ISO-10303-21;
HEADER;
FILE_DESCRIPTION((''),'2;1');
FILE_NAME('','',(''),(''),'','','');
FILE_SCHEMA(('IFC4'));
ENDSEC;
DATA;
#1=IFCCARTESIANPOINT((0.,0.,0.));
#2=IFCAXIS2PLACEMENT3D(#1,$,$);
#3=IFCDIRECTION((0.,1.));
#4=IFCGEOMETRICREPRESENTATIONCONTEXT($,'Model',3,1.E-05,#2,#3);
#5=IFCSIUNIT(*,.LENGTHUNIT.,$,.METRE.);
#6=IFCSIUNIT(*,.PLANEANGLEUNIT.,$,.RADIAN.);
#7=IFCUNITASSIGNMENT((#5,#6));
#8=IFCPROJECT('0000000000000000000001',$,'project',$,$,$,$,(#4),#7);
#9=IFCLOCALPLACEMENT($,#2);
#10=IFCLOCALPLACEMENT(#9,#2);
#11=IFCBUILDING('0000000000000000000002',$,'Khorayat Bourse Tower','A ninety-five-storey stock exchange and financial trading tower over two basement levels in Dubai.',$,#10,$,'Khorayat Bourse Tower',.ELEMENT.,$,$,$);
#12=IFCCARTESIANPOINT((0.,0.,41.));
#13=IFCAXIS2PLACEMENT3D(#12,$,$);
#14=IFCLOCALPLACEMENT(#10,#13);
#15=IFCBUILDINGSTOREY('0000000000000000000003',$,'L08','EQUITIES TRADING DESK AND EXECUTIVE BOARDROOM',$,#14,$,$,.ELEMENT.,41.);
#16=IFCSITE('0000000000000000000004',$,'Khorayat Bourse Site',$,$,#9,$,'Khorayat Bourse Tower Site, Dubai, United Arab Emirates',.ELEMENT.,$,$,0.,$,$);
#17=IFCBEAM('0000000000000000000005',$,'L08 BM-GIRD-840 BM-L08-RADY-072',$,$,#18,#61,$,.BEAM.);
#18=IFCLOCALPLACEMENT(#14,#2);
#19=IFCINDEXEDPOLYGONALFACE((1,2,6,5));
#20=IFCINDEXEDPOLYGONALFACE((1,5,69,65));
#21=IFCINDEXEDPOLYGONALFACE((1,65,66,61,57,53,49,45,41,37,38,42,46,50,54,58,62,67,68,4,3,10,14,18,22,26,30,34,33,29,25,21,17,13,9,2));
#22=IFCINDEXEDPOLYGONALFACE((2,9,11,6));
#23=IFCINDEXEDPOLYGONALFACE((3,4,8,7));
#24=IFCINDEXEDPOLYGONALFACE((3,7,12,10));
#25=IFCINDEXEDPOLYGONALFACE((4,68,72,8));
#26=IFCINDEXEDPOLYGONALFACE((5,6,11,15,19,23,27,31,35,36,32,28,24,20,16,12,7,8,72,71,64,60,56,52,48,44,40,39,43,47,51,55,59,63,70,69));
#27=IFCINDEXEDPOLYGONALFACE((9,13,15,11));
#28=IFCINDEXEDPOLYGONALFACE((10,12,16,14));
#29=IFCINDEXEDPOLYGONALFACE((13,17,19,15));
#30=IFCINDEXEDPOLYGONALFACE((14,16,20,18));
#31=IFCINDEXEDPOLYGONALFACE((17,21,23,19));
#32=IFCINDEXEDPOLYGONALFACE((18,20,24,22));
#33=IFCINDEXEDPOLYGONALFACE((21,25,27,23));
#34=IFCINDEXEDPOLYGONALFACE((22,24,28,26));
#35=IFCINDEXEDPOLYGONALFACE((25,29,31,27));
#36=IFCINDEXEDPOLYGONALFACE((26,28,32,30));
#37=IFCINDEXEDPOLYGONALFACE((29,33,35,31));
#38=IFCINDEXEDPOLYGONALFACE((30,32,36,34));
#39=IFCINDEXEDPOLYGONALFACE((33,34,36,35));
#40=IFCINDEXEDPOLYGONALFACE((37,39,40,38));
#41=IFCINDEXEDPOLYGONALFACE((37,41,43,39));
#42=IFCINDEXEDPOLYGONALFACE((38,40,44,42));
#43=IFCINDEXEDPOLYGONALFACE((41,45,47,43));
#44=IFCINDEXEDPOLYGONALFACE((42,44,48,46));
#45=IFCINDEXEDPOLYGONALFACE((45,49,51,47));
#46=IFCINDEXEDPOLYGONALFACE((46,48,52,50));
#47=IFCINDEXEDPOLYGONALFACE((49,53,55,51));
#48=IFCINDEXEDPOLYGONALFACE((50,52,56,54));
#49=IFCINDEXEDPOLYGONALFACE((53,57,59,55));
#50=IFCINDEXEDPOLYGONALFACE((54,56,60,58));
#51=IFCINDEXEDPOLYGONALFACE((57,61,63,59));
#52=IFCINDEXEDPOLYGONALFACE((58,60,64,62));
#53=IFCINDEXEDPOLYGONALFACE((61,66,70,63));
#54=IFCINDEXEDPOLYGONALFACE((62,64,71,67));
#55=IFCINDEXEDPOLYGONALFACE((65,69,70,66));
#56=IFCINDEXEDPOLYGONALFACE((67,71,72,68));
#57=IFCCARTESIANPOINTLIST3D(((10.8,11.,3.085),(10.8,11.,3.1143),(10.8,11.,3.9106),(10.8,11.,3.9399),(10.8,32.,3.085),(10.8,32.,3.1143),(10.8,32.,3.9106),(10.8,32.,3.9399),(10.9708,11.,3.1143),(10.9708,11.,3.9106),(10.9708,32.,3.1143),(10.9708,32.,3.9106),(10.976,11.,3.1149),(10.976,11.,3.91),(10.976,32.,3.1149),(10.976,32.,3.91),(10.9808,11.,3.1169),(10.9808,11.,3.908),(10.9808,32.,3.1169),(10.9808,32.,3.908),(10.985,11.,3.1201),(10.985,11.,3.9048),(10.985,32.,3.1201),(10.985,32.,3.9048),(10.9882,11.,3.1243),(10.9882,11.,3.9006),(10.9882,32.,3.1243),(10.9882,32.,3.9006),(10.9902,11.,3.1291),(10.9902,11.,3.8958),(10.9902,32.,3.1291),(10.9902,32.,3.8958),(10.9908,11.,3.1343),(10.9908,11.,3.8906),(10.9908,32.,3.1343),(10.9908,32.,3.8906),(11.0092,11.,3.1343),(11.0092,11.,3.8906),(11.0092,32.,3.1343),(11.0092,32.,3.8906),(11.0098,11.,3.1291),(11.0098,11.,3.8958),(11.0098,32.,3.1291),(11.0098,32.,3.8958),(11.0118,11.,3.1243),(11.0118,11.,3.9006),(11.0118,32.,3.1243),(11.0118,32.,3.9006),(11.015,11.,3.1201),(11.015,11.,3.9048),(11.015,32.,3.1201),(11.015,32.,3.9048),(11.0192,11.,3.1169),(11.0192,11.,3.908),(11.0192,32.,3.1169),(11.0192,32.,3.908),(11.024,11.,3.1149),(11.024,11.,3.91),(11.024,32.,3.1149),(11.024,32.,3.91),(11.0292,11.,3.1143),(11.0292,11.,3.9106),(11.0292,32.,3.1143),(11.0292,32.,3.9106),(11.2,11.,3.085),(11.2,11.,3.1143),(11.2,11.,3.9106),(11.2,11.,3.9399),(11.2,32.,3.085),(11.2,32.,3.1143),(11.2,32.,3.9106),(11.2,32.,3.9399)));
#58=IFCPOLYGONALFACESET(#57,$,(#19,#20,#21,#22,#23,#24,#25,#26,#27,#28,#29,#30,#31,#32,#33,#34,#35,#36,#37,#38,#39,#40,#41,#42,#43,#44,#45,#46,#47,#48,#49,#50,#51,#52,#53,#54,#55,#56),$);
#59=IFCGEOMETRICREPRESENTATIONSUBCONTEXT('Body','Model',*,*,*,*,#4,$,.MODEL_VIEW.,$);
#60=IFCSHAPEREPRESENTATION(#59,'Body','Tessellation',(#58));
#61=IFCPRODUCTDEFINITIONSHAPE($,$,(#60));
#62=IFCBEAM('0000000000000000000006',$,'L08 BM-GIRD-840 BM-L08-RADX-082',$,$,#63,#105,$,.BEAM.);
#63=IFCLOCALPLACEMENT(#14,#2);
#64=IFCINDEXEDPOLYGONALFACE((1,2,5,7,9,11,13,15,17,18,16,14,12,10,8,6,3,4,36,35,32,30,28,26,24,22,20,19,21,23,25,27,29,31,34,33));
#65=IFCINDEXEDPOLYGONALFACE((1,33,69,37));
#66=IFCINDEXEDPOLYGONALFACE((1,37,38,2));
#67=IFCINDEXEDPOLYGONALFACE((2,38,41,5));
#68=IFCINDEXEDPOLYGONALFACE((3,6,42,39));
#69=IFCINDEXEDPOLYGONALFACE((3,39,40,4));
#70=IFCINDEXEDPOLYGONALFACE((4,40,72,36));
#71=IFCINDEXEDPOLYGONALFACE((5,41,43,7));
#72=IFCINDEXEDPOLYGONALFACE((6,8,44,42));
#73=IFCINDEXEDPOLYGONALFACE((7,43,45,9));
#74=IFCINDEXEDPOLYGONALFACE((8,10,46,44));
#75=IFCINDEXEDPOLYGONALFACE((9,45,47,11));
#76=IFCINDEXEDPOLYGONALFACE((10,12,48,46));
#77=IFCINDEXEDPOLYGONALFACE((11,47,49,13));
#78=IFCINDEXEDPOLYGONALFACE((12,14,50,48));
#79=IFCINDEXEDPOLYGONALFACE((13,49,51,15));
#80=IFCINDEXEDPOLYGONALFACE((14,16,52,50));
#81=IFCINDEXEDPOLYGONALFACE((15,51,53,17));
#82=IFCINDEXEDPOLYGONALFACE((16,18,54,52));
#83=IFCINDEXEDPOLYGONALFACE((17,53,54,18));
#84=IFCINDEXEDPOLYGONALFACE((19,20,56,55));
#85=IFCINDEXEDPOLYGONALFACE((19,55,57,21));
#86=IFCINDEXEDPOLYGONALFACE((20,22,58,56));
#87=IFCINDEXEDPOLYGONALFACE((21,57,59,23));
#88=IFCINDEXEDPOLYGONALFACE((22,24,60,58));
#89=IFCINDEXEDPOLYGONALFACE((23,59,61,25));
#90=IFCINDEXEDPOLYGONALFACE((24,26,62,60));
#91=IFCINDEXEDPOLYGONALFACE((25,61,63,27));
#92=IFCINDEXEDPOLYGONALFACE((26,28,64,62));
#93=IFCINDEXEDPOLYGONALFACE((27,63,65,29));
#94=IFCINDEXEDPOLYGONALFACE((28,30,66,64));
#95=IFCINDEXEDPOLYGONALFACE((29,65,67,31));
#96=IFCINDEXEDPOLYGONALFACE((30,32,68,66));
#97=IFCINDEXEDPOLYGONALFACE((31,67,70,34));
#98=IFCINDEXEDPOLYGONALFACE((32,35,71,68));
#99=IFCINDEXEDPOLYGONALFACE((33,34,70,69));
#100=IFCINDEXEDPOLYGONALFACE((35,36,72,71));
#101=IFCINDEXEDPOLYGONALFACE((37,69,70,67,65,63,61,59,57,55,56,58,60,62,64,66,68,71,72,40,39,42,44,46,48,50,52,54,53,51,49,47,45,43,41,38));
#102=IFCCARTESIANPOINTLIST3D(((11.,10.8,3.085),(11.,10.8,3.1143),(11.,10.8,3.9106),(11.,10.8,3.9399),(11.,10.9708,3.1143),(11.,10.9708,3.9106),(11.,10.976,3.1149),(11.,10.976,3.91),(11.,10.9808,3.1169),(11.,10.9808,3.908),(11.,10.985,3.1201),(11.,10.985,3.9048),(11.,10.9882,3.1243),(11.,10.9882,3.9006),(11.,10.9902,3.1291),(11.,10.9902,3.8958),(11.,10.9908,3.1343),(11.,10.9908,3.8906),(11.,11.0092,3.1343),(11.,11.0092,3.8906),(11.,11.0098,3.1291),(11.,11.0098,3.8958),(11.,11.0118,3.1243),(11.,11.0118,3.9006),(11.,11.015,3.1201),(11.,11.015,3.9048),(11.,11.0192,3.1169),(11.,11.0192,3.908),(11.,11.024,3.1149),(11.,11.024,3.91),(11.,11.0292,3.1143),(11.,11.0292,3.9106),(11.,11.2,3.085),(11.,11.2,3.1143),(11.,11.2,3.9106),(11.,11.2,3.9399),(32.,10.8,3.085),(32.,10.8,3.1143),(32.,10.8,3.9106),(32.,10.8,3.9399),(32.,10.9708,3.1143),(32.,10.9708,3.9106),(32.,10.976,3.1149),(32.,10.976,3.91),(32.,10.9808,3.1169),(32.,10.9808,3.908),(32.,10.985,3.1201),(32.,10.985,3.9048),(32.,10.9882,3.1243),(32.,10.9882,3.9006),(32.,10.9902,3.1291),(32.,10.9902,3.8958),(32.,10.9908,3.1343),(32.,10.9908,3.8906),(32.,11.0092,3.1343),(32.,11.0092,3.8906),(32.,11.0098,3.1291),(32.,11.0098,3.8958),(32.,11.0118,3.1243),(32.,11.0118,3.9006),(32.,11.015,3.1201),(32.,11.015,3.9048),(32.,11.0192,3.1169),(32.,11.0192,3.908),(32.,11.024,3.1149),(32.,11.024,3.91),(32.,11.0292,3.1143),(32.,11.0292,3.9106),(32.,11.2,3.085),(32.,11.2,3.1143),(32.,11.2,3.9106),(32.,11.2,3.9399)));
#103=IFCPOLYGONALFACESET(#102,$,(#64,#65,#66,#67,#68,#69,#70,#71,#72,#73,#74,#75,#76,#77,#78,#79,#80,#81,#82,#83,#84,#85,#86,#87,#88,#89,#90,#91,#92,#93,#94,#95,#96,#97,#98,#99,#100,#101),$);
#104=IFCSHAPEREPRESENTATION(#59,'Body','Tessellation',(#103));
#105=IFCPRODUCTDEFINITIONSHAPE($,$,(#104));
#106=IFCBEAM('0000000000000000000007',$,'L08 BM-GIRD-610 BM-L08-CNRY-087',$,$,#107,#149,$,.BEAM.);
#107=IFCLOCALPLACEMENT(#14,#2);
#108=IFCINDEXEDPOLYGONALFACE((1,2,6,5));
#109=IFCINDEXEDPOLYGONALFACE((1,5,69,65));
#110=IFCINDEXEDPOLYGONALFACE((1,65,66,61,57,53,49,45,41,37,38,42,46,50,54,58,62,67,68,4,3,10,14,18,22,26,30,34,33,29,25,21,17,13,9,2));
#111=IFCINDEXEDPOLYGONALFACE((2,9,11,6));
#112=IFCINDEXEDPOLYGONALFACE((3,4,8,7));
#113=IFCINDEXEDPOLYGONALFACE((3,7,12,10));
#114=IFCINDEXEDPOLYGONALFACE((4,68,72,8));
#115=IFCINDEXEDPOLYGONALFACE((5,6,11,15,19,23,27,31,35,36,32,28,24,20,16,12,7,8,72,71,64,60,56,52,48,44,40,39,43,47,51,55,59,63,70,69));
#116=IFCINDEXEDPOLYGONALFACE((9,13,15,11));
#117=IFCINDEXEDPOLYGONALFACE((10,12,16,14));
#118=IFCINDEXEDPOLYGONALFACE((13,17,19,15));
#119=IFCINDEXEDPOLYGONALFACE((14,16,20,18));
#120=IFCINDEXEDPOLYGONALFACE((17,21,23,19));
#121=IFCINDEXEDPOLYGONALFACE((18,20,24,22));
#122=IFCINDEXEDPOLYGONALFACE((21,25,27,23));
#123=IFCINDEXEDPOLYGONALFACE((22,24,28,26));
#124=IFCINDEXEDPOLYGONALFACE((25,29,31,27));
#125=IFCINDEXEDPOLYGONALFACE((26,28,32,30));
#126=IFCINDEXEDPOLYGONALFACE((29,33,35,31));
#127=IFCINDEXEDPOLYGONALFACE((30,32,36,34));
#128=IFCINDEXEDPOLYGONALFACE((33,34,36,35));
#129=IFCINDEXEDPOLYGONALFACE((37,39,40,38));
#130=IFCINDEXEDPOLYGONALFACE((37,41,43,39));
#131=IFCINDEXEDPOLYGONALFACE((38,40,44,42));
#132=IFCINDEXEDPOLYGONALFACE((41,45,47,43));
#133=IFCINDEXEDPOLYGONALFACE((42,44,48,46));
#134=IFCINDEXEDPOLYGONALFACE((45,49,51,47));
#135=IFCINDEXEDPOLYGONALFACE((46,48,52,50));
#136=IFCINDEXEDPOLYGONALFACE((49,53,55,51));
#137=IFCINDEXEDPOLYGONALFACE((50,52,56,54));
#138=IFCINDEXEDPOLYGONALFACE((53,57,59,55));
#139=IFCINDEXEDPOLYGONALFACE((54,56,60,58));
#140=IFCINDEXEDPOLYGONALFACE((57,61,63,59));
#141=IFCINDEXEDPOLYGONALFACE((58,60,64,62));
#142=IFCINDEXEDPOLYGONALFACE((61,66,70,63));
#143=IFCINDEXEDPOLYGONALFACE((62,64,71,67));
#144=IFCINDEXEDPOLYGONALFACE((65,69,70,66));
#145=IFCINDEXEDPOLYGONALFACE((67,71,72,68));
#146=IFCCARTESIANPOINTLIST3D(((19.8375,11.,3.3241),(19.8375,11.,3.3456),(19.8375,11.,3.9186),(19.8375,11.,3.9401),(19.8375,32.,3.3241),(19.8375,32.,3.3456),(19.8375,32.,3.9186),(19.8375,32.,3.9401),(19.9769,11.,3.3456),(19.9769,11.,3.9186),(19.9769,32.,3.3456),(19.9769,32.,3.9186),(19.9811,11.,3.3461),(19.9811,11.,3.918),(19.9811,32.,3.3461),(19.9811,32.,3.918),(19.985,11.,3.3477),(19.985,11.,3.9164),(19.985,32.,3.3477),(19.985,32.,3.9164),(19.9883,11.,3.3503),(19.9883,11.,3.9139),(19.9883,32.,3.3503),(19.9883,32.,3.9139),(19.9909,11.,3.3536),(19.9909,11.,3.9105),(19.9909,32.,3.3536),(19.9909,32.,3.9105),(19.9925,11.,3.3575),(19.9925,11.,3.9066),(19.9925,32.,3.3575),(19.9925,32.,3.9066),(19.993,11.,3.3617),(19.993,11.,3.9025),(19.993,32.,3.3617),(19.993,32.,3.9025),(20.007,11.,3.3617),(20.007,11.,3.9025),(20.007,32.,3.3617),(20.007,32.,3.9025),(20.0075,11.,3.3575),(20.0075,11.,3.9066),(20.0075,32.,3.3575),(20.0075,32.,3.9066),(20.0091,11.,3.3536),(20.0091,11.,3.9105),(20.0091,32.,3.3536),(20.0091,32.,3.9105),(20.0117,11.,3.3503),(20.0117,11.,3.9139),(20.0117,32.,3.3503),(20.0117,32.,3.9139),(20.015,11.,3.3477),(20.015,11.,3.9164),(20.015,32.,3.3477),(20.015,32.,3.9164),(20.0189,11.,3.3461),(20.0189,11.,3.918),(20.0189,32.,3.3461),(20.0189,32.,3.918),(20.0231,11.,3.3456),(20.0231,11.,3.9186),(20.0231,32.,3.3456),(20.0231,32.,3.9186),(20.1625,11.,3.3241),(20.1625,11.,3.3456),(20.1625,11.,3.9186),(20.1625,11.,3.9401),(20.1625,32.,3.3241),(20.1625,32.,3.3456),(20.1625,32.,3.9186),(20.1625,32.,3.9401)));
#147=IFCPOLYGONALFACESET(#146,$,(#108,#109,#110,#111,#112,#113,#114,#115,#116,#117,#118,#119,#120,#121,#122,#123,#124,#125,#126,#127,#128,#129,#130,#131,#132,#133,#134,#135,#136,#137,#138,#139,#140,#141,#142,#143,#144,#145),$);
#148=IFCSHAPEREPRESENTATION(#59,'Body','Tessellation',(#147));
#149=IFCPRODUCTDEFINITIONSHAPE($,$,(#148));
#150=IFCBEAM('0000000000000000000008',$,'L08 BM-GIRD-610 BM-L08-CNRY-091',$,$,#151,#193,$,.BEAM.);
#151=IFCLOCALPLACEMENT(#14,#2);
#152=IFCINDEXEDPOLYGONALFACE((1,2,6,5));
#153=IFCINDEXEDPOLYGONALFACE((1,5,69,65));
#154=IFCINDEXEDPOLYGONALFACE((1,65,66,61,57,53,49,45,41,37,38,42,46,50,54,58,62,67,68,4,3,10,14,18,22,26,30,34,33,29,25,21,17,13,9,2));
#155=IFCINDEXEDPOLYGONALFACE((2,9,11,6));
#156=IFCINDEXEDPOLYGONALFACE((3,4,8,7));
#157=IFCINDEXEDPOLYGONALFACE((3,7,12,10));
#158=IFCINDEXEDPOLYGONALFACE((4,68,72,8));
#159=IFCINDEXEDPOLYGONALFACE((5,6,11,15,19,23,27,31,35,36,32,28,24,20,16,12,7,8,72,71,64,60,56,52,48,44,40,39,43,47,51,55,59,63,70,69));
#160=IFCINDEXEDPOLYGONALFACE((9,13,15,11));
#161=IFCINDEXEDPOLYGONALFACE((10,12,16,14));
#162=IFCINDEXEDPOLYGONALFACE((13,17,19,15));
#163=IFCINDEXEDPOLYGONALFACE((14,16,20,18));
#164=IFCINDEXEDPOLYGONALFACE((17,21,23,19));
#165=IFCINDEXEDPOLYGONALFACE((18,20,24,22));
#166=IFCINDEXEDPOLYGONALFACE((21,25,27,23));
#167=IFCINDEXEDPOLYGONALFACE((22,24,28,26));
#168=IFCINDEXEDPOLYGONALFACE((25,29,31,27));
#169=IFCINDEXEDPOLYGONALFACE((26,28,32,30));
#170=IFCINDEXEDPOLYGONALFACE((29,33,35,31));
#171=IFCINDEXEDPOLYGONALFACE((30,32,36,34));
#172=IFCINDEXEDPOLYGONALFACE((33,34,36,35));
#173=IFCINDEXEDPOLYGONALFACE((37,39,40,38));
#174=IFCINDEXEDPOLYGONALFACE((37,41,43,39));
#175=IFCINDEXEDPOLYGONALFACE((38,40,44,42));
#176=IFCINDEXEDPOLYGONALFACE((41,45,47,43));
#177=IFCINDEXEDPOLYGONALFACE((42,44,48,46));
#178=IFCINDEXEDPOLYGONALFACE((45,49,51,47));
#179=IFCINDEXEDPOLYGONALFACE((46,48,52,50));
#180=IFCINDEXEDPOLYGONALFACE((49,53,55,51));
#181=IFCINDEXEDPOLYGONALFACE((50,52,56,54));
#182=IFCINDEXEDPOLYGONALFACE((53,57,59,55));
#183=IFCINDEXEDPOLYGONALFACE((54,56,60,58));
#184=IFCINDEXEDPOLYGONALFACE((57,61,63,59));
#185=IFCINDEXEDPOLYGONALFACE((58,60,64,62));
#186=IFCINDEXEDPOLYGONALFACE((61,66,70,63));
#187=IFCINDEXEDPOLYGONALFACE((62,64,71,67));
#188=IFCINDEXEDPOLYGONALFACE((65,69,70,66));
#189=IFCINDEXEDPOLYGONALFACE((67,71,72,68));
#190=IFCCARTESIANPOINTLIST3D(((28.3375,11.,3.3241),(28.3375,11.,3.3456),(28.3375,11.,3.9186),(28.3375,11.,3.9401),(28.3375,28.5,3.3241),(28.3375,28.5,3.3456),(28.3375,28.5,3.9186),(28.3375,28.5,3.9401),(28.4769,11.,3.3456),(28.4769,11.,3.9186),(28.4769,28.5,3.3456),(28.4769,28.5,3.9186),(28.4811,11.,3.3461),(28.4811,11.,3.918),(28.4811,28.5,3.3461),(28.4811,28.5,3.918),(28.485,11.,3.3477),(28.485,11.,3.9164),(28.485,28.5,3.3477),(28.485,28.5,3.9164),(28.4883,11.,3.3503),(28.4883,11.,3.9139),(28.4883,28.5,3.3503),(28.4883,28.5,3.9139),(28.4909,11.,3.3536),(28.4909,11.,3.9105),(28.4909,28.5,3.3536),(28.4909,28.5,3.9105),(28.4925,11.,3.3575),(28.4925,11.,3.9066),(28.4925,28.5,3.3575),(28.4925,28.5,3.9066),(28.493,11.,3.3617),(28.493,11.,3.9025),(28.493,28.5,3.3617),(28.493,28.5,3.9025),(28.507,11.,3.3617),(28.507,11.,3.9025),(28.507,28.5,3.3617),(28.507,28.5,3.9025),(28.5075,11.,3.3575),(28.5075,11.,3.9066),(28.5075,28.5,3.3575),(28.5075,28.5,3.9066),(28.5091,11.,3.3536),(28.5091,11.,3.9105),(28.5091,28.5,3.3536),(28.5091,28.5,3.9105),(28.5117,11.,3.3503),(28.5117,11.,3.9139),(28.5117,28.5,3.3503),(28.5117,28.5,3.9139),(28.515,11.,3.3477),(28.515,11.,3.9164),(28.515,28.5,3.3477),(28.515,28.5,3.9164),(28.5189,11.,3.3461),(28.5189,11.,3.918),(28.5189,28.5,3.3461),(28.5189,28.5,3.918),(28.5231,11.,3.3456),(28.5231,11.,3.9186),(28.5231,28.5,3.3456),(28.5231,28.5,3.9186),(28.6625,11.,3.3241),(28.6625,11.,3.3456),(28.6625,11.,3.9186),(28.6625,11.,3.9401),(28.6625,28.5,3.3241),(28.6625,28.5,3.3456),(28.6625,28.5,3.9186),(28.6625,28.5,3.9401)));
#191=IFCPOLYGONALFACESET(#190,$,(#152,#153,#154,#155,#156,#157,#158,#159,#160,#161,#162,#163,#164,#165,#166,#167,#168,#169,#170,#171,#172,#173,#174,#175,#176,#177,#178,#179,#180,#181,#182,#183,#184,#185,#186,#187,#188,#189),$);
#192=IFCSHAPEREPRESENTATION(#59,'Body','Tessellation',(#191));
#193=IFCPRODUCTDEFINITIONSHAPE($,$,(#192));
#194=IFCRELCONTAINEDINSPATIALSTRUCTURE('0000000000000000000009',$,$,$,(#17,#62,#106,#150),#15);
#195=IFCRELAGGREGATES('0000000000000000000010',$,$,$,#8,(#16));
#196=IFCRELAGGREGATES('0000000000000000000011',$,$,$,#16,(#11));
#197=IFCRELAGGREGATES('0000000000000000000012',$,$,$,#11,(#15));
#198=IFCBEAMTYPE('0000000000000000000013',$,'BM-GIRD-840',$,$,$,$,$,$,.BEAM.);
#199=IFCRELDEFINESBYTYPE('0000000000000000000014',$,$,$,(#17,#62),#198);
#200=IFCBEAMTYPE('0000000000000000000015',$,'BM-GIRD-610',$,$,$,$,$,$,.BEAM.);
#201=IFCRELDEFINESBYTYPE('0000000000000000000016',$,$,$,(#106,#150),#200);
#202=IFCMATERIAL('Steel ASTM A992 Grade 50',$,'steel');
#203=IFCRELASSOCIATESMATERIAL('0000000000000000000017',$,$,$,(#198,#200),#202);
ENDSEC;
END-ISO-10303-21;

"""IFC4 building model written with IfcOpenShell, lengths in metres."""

from ifc_helpers import new_model, si_unit, direction, frame, origin, origin_2d, place, context, subcontext, project, spatial, i_section, extrude, source, transform, mapped, material, material_profile, profile_set, type_object, element, save


model = new_model("IFC4")

# Units and contexts
model_context = context("Model", 3, precision=1e-05, world=origin(), true_north=direction((0.0, 1.0)))
body_context = subcontext(model_context, "Body", "Model", "MODEL_VIEW")
ifc_project = project(units=[si_unit("LENGTHUNIT", "METRE"), si_unit("PLANEANGLEUNIT", "RADIAN")], contexts=[model_context])

# Site, building, storey
site_placement = place(None, origin())
site = spatial("IfcSite", under=ifc_project, at=site_placement, Name="Khorayat Bourse Site", LongName="Khorayat Bourse Tower Site, Dubai, United Arab Emirates", CompositionType="ELEMENT", RefElevation=0.0)
building_placement = place(site_placement, origin())
building = spatial("IfcBuilding", under=site, at=building_placement, Name="Khorayat Bourse Tower", Description="A ninety-five-storey stock exchange and financial trading tower over two basement levels in Dubai.", LongName="Khorayat Bourse Tower", CompositionType="ELEMENT")
storey_placement = place(building_placement, frame((0.0, 0.0, 41.0)))
storey = spatial("IfcBuildingStorey", under=building, at=storey_placement, Name="L08", Description="EQUITIES TRADING DESK AND EXECUTIVE BOARDROOM", CompositionType="ELEMENT", Elevation=41.0)

# Beams
ifc_material_1 = material(Name="Steel ASTM A992 Grade 50", Category="steel")
ifc_material_profile_1 = material_profile(ifc_material_1, i_section(OverallWidth=0.3999, OverallDepth=0.855, WebThickness=0.0183, FlangeThickness=0.0293, FilletRadius=0.02, at=origin_2d()), Name="W840X299")
ifc_profile_set_1 = profile_set([ifc_material_profile_1], Name="Steel ASTM A992 Grade 50")
beam_type_1 = type_object("IfcBeamType", Name="BM-GIRD-840", PredefinedType="BEAM", material=ifc_profile_set_1)
shared_shape_1 = source(origin(), body_context, "Body", "SweptSolid", [
    extrude(i_section(OverallWidth=0.3999, OverallDepth=0.855, WebThickness=0.0183, FlangeThickness=0.0293, FilletRadius=0.02, at=origin_2d()), origin(), (0.0, 0.0, 1.0), 21.0),
])
for number, where, z_axis, x_axis, name in (
    (1, (11.0, 11.0, 3.5125), (0.0, 1.0, 0.0), (-1.0, 0.0, 0.0), "L08 BM-GIRD-840 BM-L08-RADY-072"),
    (2, (11.0, 11.0, 3.5125), (1.0, 0.0, 0.0), (0.0, 1.0, 0.0), "L08 BM-GIRD-840 BM-L08-RADX-082"),
):
    element("IfcBeam", number, at=place(storey_placement, frame(where, z_axis=z_axis, x_axis=x_axis)), inside=storey, type_object=beam_type_1, Name=name, PredefinedType="BEAM", context=body_context, shape_type="MappedRepresentation", body=[
        mapped(shared_shape_1, transform((0.0, 0.0, 0.0), scale=1.0)),
    ])
ifc_material_profile_2 = material_profile(ifc_material_1, i_section(OverallWidth=0.325, OverallDepth=0.616, WebThickness=0.0139, FlangeThickness=0.0215, FilletRadius=0.0161, at=origin_2d()), Name="W610X174")
ifc_profile_set_2 = profile_set([ifc_material_profile_2], Name="Steel ASTM A992 Grade 50")
beam_type_2 = type_object("IfcBeamType", Name="BM-GIRD-610", PredefinedType="BEAM", material=ifc_profile_set_2)
shared_shape_2 = source(origin(), body_context, "Body", "SweptSolid", [
    extrude(i_section(OverallWidth=0.325, OverallDepth=0.616, WebThickness=0.0139, FlangeThickness=0.0215, FilletRadius=0.0161, at=origin_2d()), origin(), (0.0, 0.0, 1.0), 21.0),
])
beam_1_placement = place(storey_placement, frame((20.0, 11.0, 3.6321), z_axis=(0.0, 1.0, 0.0), x_axis=(-1.0, 0.0, 0.0)))
element("IfcBeam", 3, at=beam_1_placement, inside=storey, type_object=beam_type_2, Name="L08 BM-GIRD-610 BM-L08-CNRY-087", PredefinedType="BEAM", context=body_context, shape_type="MappedRepresentation", body=[
    mapped(shared_shape_2, transform((0.0, 0.0, 0.0), scale=1.0)),
])
shared_shape_3 = source(origin(), body_context, "Body", "SweptSolid", [
    extrude(i_section(OverallWidth=0.325, OverallDepth=0.616, WebThickness=0.0139, FlangeThickness=0.0215, FilletRadius=0.0161, at=origin_2d()), origin(), (0.0, 0.0, 1.0), 17.5),
])
beam_2_placement = place(storey_placement, frame((28.5, 11.0, 3.6321), z_axis=(0.0, 1.0, 0.0), x_axis=(-1.0, 0.0, 0.0)))
element("IfcBeam", 4, at=beam_2_placement, inside=storey, type_object=beam_type_2, Name="L08 BM-GIRD-610 BM-L08-CNRY-091", PredefinedType="BEAM", context=body_context, shape_type="MappedRepresentation", body=[
    mapped(shared_shape_3, transform((0.0, 0.0, 0.0), scale=1.0)),
])

save(model, "model.ifc")
